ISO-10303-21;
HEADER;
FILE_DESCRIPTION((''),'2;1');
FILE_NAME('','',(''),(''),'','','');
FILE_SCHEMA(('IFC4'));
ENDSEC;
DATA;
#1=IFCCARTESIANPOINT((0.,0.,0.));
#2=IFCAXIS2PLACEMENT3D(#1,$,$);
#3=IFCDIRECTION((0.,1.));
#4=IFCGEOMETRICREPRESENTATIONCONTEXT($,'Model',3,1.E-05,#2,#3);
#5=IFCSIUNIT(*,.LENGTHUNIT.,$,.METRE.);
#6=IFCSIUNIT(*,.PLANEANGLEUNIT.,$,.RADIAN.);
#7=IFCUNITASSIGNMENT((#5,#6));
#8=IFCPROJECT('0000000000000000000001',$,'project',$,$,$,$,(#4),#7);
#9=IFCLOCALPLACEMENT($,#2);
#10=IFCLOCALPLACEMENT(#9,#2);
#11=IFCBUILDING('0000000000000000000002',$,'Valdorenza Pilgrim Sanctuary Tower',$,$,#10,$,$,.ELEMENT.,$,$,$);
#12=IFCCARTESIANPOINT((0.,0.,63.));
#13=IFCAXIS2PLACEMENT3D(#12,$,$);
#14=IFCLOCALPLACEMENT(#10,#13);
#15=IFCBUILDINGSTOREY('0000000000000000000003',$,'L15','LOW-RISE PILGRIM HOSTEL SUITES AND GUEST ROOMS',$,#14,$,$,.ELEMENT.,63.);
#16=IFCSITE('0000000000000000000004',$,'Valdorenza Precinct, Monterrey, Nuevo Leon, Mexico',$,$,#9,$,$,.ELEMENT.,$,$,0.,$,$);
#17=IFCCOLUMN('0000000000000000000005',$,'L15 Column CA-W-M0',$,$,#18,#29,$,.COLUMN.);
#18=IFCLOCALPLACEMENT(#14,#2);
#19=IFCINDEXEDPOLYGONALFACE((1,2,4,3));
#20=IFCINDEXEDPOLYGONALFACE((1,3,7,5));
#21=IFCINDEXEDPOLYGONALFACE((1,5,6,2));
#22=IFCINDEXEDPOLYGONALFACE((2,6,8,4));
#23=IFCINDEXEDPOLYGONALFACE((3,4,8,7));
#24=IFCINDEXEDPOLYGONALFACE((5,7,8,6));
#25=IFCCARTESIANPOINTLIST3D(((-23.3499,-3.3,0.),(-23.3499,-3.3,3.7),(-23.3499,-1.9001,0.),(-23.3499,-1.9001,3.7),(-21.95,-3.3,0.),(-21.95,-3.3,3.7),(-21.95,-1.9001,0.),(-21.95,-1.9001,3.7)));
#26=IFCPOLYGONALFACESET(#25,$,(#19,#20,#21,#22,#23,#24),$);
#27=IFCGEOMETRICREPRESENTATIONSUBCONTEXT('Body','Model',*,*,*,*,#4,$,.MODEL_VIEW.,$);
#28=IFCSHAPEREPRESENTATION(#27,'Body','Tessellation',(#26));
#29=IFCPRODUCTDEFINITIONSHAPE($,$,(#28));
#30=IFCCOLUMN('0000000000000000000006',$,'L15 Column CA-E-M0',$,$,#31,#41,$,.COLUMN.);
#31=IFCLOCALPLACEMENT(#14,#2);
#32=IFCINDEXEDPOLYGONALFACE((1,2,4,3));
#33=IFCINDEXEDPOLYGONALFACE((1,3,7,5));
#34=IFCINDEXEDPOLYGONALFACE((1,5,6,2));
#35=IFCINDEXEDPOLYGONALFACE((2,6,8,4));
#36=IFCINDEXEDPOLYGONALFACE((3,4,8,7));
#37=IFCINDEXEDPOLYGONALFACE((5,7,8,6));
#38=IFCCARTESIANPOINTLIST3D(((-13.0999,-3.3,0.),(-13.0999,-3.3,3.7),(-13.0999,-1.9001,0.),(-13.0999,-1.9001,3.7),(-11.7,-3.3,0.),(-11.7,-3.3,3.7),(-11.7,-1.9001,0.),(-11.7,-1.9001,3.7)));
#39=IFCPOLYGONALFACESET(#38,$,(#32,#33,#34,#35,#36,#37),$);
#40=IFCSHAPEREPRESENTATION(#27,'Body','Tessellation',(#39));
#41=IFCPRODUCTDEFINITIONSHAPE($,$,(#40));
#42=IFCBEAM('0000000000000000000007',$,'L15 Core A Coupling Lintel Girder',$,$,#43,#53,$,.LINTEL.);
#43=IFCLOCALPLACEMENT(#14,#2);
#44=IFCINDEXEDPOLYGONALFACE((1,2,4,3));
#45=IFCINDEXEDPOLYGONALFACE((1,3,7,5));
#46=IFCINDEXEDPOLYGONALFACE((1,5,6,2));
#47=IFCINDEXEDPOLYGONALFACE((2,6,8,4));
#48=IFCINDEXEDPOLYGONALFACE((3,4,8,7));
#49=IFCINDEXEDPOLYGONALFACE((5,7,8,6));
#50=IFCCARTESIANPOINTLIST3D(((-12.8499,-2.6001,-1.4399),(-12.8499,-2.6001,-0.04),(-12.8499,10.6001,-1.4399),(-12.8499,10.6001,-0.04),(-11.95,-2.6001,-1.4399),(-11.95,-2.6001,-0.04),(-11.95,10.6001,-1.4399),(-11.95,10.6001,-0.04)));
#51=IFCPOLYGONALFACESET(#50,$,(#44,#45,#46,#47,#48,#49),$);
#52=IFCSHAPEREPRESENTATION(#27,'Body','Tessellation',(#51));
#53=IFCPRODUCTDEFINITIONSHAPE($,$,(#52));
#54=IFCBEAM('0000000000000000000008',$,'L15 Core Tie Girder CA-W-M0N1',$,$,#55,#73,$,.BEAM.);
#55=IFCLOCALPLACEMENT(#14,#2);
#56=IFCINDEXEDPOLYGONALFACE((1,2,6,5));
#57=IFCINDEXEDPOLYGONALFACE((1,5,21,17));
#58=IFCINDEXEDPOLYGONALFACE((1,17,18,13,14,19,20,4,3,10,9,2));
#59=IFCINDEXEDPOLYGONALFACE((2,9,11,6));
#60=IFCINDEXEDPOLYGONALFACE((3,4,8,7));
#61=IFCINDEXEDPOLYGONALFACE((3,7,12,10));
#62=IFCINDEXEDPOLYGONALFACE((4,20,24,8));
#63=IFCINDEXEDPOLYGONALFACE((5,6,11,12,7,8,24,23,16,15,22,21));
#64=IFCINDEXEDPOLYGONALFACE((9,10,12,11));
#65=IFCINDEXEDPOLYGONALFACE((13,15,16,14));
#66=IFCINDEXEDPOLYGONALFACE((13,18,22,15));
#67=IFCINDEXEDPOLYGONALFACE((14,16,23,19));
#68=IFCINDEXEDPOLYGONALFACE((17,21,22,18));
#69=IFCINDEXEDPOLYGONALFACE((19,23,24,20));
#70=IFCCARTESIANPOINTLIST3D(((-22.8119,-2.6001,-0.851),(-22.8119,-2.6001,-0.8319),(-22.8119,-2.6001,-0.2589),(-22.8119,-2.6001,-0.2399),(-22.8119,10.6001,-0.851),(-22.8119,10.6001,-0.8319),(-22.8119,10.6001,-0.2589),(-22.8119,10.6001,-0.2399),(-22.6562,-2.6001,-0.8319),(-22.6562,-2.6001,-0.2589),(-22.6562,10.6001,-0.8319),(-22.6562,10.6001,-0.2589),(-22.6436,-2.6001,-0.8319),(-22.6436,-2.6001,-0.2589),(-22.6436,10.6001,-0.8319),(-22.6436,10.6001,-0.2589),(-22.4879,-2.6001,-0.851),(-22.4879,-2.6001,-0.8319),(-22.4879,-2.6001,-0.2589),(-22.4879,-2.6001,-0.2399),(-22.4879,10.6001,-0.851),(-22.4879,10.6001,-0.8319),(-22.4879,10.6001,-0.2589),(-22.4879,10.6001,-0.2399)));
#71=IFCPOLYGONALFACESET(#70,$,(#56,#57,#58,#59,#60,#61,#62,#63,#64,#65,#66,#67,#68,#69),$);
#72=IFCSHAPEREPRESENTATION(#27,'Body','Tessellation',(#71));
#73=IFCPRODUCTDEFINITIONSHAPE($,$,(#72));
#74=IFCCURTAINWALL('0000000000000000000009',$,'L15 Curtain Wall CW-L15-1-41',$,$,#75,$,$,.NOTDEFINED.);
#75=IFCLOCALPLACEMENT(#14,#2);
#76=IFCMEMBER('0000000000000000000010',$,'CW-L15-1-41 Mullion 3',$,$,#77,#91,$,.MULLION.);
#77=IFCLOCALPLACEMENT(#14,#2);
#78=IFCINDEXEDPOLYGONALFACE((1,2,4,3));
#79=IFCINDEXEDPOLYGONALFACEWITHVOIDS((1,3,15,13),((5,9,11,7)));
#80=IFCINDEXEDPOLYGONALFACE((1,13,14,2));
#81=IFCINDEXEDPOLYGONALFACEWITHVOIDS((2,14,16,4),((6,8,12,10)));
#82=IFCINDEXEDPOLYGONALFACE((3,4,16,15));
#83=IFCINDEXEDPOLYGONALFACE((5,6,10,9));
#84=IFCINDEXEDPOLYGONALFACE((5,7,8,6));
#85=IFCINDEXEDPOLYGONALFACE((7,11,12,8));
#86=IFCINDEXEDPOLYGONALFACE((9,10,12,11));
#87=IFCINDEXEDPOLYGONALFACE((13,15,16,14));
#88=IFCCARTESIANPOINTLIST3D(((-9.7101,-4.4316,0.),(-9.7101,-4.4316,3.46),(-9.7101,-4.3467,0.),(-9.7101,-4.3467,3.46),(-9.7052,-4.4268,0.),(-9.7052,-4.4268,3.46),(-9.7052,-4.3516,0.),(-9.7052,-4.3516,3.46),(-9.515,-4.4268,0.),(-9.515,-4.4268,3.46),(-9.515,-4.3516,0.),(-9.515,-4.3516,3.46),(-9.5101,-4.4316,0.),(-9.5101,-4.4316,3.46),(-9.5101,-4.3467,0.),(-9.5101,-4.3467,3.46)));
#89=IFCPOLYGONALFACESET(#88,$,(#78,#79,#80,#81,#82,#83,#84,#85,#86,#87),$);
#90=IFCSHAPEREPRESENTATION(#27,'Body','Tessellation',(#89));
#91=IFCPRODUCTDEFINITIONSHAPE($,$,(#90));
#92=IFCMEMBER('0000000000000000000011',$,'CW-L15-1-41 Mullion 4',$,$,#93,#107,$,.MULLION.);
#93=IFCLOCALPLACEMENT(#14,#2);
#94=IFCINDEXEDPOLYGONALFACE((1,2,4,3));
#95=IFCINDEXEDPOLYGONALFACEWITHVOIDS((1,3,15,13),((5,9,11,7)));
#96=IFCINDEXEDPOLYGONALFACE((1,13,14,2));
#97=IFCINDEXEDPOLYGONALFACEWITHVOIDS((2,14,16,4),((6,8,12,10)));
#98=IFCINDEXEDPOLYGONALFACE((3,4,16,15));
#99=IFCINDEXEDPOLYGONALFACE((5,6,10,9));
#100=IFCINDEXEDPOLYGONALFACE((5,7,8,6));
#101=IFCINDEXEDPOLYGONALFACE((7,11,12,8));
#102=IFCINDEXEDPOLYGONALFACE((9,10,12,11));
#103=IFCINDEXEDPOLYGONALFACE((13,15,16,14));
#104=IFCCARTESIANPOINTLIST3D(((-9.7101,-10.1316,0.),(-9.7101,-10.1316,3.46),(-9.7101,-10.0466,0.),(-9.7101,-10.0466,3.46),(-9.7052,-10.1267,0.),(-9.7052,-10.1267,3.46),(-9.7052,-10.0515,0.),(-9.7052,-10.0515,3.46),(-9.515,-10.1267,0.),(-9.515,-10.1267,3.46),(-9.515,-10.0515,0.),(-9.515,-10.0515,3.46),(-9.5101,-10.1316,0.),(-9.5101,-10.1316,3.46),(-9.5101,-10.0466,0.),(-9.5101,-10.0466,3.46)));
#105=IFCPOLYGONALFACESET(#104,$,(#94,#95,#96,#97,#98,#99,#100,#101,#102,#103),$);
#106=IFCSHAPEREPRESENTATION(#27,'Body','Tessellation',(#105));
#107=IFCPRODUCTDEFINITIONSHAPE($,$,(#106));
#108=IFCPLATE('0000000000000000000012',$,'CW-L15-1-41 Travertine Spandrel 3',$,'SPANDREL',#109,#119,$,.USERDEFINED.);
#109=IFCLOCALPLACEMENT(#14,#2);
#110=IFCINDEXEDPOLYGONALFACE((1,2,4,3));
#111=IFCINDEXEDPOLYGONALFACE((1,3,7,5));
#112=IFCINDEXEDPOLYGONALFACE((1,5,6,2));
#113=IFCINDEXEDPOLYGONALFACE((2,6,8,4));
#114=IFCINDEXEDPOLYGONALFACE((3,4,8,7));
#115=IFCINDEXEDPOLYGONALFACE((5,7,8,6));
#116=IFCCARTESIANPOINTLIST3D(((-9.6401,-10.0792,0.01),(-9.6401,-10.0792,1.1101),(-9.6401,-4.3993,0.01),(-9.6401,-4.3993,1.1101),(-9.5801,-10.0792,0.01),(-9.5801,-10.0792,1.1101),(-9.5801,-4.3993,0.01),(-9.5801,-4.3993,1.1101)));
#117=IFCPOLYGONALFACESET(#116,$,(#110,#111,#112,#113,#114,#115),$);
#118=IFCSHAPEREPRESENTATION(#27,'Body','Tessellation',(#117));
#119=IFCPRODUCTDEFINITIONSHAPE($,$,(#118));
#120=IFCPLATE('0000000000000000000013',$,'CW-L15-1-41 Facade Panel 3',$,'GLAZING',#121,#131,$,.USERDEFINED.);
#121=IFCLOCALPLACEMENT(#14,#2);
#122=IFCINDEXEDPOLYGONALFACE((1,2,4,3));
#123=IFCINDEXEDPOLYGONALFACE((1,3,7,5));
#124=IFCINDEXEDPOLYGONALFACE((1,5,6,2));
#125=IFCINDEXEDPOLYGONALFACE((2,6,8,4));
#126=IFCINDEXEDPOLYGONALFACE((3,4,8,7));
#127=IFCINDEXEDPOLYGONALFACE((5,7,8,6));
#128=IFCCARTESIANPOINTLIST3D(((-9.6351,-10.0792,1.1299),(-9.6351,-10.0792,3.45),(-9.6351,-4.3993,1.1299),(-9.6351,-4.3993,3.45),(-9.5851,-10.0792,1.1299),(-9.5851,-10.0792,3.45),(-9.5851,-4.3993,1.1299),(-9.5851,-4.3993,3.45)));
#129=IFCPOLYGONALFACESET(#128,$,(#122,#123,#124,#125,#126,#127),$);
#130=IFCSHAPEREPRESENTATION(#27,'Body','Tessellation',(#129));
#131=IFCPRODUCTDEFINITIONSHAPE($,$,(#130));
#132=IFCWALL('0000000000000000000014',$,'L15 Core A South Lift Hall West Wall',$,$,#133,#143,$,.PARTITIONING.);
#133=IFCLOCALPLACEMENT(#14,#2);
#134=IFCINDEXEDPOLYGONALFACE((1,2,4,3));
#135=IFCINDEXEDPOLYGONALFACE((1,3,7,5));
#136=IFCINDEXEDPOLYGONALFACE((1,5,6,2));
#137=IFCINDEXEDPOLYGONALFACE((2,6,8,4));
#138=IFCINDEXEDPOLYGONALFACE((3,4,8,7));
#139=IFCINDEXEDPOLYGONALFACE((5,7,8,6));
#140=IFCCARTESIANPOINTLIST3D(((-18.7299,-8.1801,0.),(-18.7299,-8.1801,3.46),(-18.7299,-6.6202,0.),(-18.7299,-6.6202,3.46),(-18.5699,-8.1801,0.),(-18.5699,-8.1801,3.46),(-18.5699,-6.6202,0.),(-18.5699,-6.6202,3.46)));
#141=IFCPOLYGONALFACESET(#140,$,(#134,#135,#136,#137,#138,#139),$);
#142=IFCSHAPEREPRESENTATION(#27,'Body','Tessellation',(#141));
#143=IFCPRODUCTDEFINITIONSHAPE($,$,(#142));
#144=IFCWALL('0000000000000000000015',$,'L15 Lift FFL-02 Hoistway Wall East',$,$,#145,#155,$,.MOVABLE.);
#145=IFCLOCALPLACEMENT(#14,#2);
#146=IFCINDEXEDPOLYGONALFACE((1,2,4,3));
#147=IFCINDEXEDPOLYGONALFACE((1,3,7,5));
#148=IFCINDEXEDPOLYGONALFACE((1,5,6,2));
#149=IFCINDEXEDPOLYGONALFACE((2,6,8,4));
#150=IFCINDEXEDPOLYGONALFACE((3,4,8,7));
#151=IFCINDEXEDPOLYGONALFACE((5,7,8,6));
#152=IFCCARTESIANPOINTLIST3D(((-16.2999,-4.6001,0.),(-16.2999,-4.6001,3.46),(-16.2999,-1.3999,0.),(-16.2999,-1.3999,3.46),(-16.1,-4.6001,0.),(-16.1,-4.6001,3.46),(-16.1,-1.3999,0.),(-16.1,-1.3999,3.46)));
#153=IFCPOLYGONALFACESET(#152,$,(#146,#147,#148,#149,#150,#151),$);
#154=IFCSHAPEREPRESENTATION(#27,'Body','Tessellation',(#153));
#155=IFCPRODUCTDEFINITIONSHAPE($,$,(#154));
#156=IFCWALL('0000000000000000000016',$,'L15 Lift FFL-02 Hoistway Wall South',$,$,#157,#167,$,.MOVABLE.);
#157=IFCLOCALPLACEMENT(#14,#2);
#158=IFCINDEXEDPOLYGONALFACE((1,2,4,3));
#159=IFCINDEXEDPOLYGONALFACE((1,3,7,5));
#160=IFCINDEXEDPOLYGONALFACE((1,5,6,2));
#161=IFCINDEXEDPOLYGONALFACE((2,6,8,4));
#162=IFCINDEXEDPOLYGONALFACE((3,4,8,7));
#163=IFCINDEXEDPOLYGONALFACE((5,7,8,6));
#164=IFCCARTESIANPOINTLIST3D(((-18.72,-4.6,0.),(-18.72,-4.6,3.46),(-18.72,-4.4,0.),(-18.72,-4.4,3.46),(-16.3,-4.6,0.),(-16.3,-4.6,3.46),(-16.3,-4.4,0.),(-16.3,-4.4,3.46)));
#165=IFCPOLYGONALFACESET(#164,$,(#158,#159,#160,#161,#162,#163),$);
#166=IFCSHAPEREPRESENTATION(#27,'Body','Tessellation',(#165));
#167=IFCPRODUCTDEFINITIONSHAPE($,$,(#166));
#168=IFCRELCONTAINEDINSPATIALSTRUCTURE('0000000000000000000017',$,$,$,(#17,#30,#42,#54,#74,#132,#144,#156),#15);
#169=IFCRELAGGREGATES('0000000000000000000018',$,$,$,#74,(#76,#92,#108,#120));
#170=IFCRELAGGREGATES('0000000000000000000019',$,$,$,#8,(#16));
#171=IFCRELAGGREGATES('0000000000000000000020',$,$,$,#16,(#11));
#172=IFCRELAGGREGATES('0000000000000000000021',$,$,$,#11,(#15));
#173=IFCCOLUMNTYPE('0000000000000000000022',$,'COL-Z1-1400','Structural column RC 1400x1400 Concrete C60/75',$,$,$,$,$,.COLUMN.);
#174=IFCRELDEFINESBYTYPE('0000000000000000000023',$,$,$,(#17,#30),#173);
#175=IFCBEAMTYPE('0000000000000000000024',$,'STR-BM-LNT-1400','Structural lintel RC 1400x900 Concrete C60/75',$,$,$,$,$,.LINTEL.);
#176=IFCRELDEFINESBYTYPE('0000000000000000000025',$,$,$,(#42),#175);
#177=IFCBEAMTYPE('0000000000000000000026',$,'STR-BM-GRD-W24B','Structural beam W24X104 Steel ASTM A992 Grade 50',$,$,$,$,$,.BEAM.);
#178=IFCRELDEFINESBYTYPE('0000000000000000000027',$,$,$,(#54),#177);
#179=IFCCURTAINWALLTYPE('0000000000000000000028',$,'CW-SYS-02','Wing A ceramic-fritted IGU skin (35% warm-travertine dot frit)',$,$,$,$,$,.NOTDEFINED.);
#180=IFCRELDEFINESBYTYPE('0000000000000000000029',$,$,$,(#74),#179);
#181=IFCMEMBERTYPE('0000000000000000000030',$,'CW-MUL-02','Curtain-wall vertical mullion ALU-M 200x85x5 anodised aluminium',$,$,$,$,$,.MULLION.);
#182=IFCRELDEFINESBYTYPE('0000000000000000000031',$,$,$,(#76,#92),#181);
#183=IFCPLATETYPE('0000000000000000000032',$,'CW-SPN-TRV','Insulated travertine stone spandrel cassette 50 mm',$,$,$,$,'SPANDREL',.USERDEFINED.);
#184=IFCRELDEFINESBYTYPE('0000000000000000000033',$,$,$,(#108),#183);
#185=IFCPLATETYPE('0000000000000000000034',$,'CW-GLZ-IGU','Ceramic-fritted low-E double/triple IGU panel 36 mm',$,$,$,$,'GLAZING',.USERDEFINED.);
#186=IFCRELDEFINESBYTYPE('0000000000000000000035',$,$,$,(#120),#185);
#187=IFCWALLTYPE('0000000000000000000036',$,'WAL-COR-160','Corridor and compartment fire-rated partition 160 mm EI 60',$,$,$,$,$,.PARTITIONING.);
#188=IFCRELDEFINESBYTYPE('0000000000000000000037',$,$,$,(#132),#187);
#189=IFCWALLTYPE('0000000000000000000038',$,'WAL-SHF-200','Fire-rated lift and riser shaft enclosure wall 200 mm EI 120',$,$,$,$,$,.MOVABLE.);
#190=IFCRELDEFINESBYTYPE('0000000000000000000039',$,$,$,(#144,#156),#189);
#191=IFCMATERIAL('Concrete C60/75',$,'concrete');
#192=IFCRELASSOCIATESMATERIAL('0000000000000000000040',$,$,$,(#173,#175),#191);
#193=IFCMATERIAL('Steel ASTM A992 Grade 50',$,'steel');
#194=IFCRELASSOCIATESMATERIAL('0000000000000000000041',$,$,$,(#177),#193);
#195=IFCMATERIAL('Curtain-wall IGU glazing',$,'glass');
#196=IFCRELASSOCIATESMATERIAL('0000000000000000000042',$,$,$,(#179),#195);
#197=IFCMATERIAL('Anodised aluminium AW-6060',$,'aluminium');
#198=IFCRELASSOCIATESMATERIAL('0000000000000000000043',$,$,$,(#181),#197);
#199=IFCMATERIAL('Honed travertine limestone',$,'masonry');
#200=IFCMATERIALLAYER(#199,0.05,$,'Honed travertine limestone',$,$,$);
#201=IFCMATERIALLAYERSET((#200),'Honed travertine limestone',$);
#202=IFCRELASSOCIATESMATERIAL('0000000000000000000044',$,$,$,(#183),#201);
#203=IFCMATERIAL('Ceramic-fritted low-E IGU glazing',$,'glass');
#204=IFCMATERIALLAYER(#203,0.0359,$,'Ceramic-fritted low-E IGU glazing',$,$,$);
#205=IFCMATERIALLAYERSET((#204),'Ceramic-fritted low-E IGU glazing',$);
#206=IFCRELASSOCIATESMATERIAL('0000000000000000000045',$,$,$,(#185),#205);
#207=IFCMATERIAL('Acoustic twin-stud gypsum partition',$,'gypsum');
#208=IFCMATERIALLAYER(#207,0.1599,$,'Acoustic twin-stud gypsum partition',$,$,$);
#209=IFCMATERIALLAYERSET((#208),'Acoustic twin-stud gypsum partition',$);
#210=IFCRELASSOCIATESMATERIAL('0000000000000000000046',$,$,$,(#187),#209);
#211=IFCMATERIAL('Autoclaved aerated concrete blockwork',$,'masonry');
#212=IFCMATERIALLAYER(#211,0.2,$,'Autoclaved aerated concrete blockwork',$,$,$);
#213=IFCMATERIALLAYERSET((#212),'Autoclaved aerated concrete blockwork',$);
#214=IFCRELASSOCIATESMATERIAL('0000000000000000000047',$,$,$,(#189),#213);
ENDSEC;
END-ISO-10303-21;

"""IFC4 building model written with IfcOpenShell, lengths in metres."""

from ifc_helpers import new_model, si_unit, direction, frame, frame_2d, origin, origin_2d, place, context, subcontext, project, spatial, rectangle, hollow_rectangle, i_section, extrude, source, transform, mapped, material, layer, layer_set, material_profile, profile_set, type_object, element, aggregate, save


model = new_model("IFC4")

# Units and contexts
model_context = context("Model", 3, precision=1e-05, world=origin(), true_north=direction((0.0, 1.0)))
body_context = subcontext(model_context, "Body", "Model", "MODEL_VIEW")
ifc_project = project(units=[si_unit("LENGTHUNIT", "METRE"), si_unit("PLANEANGLEUNIT", "RADIAN")], contexts=[model_context])

# Site, building, storey
site_placement = place(None, origin())
site = spatial("IfcSite", under=ifc_project, at=site_placement, Name="Valdorenza Precinct, Monterrey, Nuevo Leon, Mexico", CompositionType="ELEMENT", RefElevation=0.0)
building_placement = place(site_placement, origin())
building = spatial("IfcBuilding", under=site, at=building_placement, Name="Valdorenza Pilgrim Sanctuary Tower", CompositionType="ELEMENT")
storey_placement = place(building_placement, frame((0.0, 0.0, 63.0)))
storey = spatial("IfcBuildingStorey", under=building, at=storey_placement, Name="L15", Description="LOW-RISE PILGRIM HOSTEL SUITES AND GUEST ROOMS", CompositionType="ELEMENT", Elevation=63.0)

# Columns
ifc_material_1 = material(Name="Concrete C60/75", Category="concrete")
ifc_material_profile_1 = material_profile(ifc_material_1, rectangle(XDim=1.3999, YDim=1.3999, at=origin_2d()), Name="RC 1400x1400")
ifc_profile_set_1 = profile_set([ifc_material_profile_1], Name="Concrete C60/75")
column_type = type_object("IfcColumnType", Name="COL-Z1-1400", Description="Structural column RC 1400x1400 Concrete C60/75", PredefinedType="COLUMN", material=ifc_profile_set_1)
shared_shape_1 = source(origin(), body_context, "Body", "SweptSolid", [
    extrude(rectangle(XDim=1.3999, YDim=1.3999, at=origin_2d()), origin(), (0.0, 0.0, 1.0), 3.7),
])
for number, where, z_axis, x_axis, name in (
    (1, (-22.6499, -2.6001, 0.0), (0.0, 0.0, 1.0), (1.0, 0.0, 0.0), "L15 Column CA-W-M0"),
    (2, (-12.3999, -2.6001, 0.0), (0.0, 0.0, 1.0), (1.0, 0.0, 0.0), "L15 Column CA-E-M0"),
):
    element("IfcColumn", number, at=place(storey_placement, frame(where, z_axis=z_axis, x_axis=x_axis)), inside=storey, type_object=column_type, Name=name, PredefinedType="COLUMN", context=body_context, shape_type="MappedRepresentation", body=[
        mapped(shared_shape_1, transform((0.0, 0.0, 0.0), x_axis=(1.0, 0.0, 0.0), y_axis=(0.0, 1.0, 0.0), z_axis=(0.0, 0.0, 1.0), scale=1.0)),
    ])

# Beams
ifc_material_profile_2 = material_profile(ifc_material_1, rectangle(XDim=0.8999, YDim=1.3999, at=origin_2d()), Name="RC 1400x900")
ifc_profile_set_2 = profile_set([ifc_material_profile_2], Name="Concrete C60/75")
beam_type_1 = type_object("IfcBeamType", Name="STR-BM-LNT-1400", Description="Structural lintel RC 1400x900 Concrete C60/75", PredefinedType="LINTEL", material=ifc_profile_set_2)
shared_shape_2 = source(origin(), body_context, "Body", "SweptSolid", [
    extrude(rectangle(XDim=0.8999, YDim=1.3999, at=origin_2d()), origin(), (0.0, 0.0, 1.0), 13.2002),
])
beam_1_placement = place(storey_placement, frame((-12.3999, -2.6001, -0.74), z_axis=(0.0, 1.0, 0.0), x_axis=(-1.0, 0.0, 0.0)))
element("IfcBeam", 3, at=beam_1_placement, inside=storey, type_object=beam_type_1, Name="L15 Core A Coupling Lintel Girder", PredefinedType="LINTEL", context=body_context, shape_type="MappedRepresentation", body=[
    mapped(shared_shape_2, transform((0.0, 0.0, 0.0), x_axis=(1.0, 0.0, 0.0), y_axis=(0.0, 1.0, 0.0), z_axis=(0.0, 0.0, 1.0), scale=1.0)),
])
ifc_material_2 = material(Name="Steel ASTM A992 Grade 50", Category="steel")
ifc_material_profile_3 = material_profile(ifc_material_2, i_section(OverallWidth=0.324, OverallDepth=0.6111, WebThickness=0.0127, FlangeThickness=0.019, at=origin_2d()), Name="W24X104")
ifc_profile_set_3 = profile_set([ifc_material_profile_3], Name="Steel ASTM A992 Grade 50")
beam_type_2 = type_object("IfcBeamType", Name="STR-BM-GRD-W24B", Description="Structural beam W24X104 Steel ASTM A992 Grade 50", PredefinedType="BEAM", material=ifc_profile_set_3)
shared_shape_3 = source(origin(), body_context, "Body", "SweptSolid", [
    extrude(i_section(OverallWidth=0.324, OverallDepth=0.6111, WebThickness=0.0127, FlangeThickness=0.019, at=origin_2d()), origin(), (0.0, 0.0, 1.0), 13.2002),
])
beam_2_placement = place(storey_placement, frame((-22.6499, -2.6001, -0.5454), z_axis=(0.0, 1.0, 0.0), x_axis=(-1.0, 0.0, 0.0)))
element("IfcBeam", 4, at=beam_2_placement, inside=storey, type_object=beam_type_2, Name="L15 Core Tie Girder CA-W-M0N1", PredefinedType="BEAM", context=body_context, shape_type="MappedRepresentation", body=[
    mapped(shared_shape_3, transform((0.0, 0.0, 0.0), x_axis=(1.0, 0.0, 0.0), y_axis=(0.0, 1.0, 0.0), z_axis=(0.0, 0.0, 1.0), scale=1.0)),
])

# Curtain wall, members, plates
ifc_material_3 = material(Name="Curtain-wall IGU glazing", Category="glass")
curtain_wall_type = type_object("IfcCurtainWallType", Name="CW-SYS-02", Description="Wing A ceramic-fritted IGU skin (35% warm-travertine dot frit)", PredefinedType="NOTDEFINED", material=ifc_material_3)
curtain_wall_placement = place(storey_placement, origin())
curtain_wall = element("IfcCurtainWall", 5, at=curtain_wall_placement, inside=storey, type_object=curtain_wall_type, Name="L15 Curtain Wall CW-L15-1-41", PredefinedType="NOTDEFINED")
ifc_material_4 = material(Name="Anodised aluminium AW-6060", Category="aluminium")
ifc_material_profile_4 = material_profile(ifc_material_4, hollow_rectangle(XDim=0.085, YDim=0.2, WallThickness=0.0049, at=origin_2d()), Name="ALU-M 200x85x5")
ifc_profile_set_4 = profile_set([ifc_material_profile_4], Name="Anodised aluminium AW-6060")
member_type = type_object("IfcMemberType", Name="CW-MUL-02", Description="Curtain-wall vertical mullion ALU-M 200x85x5 anodised aluminium", PredefinedType="MULLION", material=ifc_profile_set_4)
shared_shape_4 = source(origin(), body_context, "Body", "SweptSolid", [
    extrude(hollow_rectangle(XDim=0.085, YDim=0.2, WallThickness=0.0049, at=origin_2d()), origin(), (0.0, 0.0, 1.0), 3.46),
])
member_1_placement = place(storey_placement, frame((-9.6101, -4.3892, 0.0), z_axis=(0.0, 0.0, 1.0), x_axis=(0.0, -1.0, 0.0)))
member_1 = element("IfcMember", 6, at=member_1_placement, type_object=member_type, Name="CW-L15-1-41 Mullion 3", PredefinedType="MULLION", context=body_context, shape_type="MappedRepresentation", body=[
    mapped(shared_shape_4, transform((0.0, 0.0, 0.0), x_axis=(1.0, 0.0, 0.0), y_axis=(0.0, 1.0, 0.0), z_axis=(0.0, 0.0, 1.0), scale=1.0)),
])
member_2_placement = place(storey_placement, frame((-9.6101, -10.0891, 0.0), z_axis=(0.0, 0.0, 1.0), x_axis=(0.0, -1.0, 0.0)))
member_2 = element("IfcMember", 7, at=member_2_placement, type_object=member_type, Name="CW-L15-1-41 Mullion 4", PredefinedType="MULLION", context=body_context, shape_type="MappedRepresentation", body=[
    mapped(shared_shape_4, transform((0.0, 0.0, 0.0), x_axis=(1.0, 0.0, 0.0), y_axis=(0.0, 1.0, 0.0), z_axis=(0.0, 0.0, 1.0), scale=1.0)),
])
ifc_material_5 = material(Name="Honed travertine limestone", Category="masonry")
ifc_layer_1 = layer(ifc_material_5, 0.05, Name="Honed travertine limestone")
ifc_layer_set_1 = layer_set([ifc_layer_1], Name="Honed travertine limestone")
plate_type_1 = type_object("IfcPlateType", Name="CW-SPN-TRV", Description="Insulated travertine stone spandrel cassette 50 mm", ElementType="SPANDREL", PredefinedType="USERDEFINED", material=ifc_layer_set_1)
shared_shape_5 = source(origin(), body_context, "Body", "SweptSolid", [
    extrude(rectangle(XDim=5.6799, YDim=0.0601, at=origin_2d()), origin(), (0.0, 0.0, 1.0), 1.1001),
])
plate_1_placement = place(storey_placement, frame((-9.6101, -7.2393, 0.01), z_axis=(0.0, 0.0, 1.0), x_axis=(0.0, -1.0, 0.0)))
plate_1 = element("IfcPlate", 8, at=plate_1_placement, type_object=plate_type_1, Name="CW-L15-1-41 Travertine Spandrel 3", ObjectType="SPANDREL", PredefinedType="USERDEFINED", context=body_context, shape_type="MappedRepresentation", body=[
    mapped(shared_shape_5, transform((0.0, 0.0, 0.0), x_axis=(1.0, 0.0, 0.0), y_axis=(0.0, 1.0, 0.0), z_axis=(0.0, 0.0, 1.0), scale=1.0)),
])
ifc_material_6 = material(Name="Ceramic-fritted low-E IGU glazing", Category="glass")
ifc_layer_2 = layer(ifc_material_6, 0.0359, Name="Ceramic-fritted low-E IGU glazing")
ifc_layer_set_2 = layer_set([ifc_layer_2], Name="Ceramic-fritted low-E IGU glazing")
plate_type_2 = type_object("IfcPlateType", Name="CW-GLZ-IGU", Description="Ceramic-fritted low-E double/triple IGU panel 36 mm", ElementType="GLAZING", PredefinedType="USERDEFINED", material=ifc_layer_set_2)
shared_shape_6 = source(origin(), body_context, "Body", "SweptSolid", [
    extrude(rectangle(XDim=5.6799, YDim=0.05, at=origin_2d()), origin(), (0.0, 0.0, 1.0), 2.3201),
])
plate_2_placement = place(storey_placement, frame((-9.6101, -7.2393, 1.1299), z_axis=(0.0, 0.0, 1.0), x_axis=(0.0, -1.0, 0.0)))
plate_2 = element("IfcPlate", 9, at=plate_2_placement, type_object=plate_type_2, Name="CW-L15-1-41 Facade Panel 3", ObjectType="GLAZING", PredefinedType="USERDEFINED", context=body_context, shape_type="MappedRepresentation", body=[
    mapped(shared_shape_6, transform((0.0, 0.0, 0.0), x_axis=(1.0, 0.0, 0.0), y_axis=(0.0, 1.0, 0.0), z_axis=(0.0, 0.0, 1.0), scale=1.0)),
])
aggregate(curtain_wall, [member_1, member_2, plate_1, plate_2])

# Walls
ifc_material_7 = material(Name="Acoustic twin-stud gypsum partition", Category="gypsum")
ifc_layer_3 = layer(ifc_material_7, 0.1599, Name="Acoustic twin-stud gypsum partition")
ifc_layer_set_3 = layer_set([ifc_layer_3], Name="Acoustic twin-stud gypsum partition")
wall_type_1 = type_object("IfcWallType", Name="WAL-COR-160", Description="Corridor and compartment fire-rated partition 160 mm EI 60", PredefinedType="PARTITIONING", material=ifc_layer_set_3)
wall_1_placement = place(storey_placement, frame((-18.6499, -8.1799, 0.0), z_axis=(0.0, 0.0, 1.0), x_axis=(0.0, 1.0, 0.0)))
element("IfcWall", 10, at=wall_1_placement, inside=storey, type_object=wall_type_1, Name="L15 Core A South Lift Hall West Wall", PredefinedType="PARTITIONING", context=body_context, shape_type="SweptSolid", body=[
    extrude(rectangle(XDim=1.5598, YDim=0.1599, at=frame_2d((0.7798, 0.0))), origin(), (0.0, 0.0, 1.0), 3.46),
])
ifc_material_8 = material(Name="Autoclaved aerated concrete blockwork", Category="masonry")
ifc_layer_4 = layer(ifc_material_8, 0.2, Name="Autoclaved aerated concrete blockwork")
ifc_layer_set_4 = layer_set([ifc_layer_4], Name="Autoclaved aerated concrete blockwork")
wall_type_2 = type_object("IfcWallType", Name="WAL-SHF-200", Description="Fire-rated lift and riser shaft enclosure wall 200 mm EI 120", PredefinedType="MOVABLE", material=ifc_layer_set_4)
wall_2_placement = place(storey_placement, frame((-16.2, -4.6001, 0.0), z_axis=(0.0, 0.0, 1.0), x_axis=(0.0, 1.0, 0.0)))
element("IfcWall", 11, at=wall_2_placement, inside=storey, type_object=wall_type_2, Name="L15 Lift FFL-02 Hoistway Wall East", PredefinedType="MOVABLE", context=body_context, shape_type="SweptSolid", body=[
    extrude(rectangle(XDim=3.2002, YDim=0.2, at=frame_2d((1.6001, 0.0))), origin(), (0.0, 0.0, 1.0), 3.46),
])
wall_3_placement = place(storey_placement, frame((-18.72, -4.5, 0.0), z_axis=(0.0, 0.0, 1.0), x_axis=(1.0, 0.0, 0.0)))
element("IfcWall", 12, at=wall_3_placement, inside=storey, type_object=wall_type_2, Name="L15 Lift FFL-02 Hoistway Wall South", PredefinedType="MOVABLE", context=body_context, shape_type="SweptSolid", body=[
    extrude(rectangle(XDim=2.4199, YDim=0.2, at=frame_2d((1.21, 0.0))), origin(), (0.0, 0.0, 1.0), 3.46),
])

save(model, "model.ifc")
